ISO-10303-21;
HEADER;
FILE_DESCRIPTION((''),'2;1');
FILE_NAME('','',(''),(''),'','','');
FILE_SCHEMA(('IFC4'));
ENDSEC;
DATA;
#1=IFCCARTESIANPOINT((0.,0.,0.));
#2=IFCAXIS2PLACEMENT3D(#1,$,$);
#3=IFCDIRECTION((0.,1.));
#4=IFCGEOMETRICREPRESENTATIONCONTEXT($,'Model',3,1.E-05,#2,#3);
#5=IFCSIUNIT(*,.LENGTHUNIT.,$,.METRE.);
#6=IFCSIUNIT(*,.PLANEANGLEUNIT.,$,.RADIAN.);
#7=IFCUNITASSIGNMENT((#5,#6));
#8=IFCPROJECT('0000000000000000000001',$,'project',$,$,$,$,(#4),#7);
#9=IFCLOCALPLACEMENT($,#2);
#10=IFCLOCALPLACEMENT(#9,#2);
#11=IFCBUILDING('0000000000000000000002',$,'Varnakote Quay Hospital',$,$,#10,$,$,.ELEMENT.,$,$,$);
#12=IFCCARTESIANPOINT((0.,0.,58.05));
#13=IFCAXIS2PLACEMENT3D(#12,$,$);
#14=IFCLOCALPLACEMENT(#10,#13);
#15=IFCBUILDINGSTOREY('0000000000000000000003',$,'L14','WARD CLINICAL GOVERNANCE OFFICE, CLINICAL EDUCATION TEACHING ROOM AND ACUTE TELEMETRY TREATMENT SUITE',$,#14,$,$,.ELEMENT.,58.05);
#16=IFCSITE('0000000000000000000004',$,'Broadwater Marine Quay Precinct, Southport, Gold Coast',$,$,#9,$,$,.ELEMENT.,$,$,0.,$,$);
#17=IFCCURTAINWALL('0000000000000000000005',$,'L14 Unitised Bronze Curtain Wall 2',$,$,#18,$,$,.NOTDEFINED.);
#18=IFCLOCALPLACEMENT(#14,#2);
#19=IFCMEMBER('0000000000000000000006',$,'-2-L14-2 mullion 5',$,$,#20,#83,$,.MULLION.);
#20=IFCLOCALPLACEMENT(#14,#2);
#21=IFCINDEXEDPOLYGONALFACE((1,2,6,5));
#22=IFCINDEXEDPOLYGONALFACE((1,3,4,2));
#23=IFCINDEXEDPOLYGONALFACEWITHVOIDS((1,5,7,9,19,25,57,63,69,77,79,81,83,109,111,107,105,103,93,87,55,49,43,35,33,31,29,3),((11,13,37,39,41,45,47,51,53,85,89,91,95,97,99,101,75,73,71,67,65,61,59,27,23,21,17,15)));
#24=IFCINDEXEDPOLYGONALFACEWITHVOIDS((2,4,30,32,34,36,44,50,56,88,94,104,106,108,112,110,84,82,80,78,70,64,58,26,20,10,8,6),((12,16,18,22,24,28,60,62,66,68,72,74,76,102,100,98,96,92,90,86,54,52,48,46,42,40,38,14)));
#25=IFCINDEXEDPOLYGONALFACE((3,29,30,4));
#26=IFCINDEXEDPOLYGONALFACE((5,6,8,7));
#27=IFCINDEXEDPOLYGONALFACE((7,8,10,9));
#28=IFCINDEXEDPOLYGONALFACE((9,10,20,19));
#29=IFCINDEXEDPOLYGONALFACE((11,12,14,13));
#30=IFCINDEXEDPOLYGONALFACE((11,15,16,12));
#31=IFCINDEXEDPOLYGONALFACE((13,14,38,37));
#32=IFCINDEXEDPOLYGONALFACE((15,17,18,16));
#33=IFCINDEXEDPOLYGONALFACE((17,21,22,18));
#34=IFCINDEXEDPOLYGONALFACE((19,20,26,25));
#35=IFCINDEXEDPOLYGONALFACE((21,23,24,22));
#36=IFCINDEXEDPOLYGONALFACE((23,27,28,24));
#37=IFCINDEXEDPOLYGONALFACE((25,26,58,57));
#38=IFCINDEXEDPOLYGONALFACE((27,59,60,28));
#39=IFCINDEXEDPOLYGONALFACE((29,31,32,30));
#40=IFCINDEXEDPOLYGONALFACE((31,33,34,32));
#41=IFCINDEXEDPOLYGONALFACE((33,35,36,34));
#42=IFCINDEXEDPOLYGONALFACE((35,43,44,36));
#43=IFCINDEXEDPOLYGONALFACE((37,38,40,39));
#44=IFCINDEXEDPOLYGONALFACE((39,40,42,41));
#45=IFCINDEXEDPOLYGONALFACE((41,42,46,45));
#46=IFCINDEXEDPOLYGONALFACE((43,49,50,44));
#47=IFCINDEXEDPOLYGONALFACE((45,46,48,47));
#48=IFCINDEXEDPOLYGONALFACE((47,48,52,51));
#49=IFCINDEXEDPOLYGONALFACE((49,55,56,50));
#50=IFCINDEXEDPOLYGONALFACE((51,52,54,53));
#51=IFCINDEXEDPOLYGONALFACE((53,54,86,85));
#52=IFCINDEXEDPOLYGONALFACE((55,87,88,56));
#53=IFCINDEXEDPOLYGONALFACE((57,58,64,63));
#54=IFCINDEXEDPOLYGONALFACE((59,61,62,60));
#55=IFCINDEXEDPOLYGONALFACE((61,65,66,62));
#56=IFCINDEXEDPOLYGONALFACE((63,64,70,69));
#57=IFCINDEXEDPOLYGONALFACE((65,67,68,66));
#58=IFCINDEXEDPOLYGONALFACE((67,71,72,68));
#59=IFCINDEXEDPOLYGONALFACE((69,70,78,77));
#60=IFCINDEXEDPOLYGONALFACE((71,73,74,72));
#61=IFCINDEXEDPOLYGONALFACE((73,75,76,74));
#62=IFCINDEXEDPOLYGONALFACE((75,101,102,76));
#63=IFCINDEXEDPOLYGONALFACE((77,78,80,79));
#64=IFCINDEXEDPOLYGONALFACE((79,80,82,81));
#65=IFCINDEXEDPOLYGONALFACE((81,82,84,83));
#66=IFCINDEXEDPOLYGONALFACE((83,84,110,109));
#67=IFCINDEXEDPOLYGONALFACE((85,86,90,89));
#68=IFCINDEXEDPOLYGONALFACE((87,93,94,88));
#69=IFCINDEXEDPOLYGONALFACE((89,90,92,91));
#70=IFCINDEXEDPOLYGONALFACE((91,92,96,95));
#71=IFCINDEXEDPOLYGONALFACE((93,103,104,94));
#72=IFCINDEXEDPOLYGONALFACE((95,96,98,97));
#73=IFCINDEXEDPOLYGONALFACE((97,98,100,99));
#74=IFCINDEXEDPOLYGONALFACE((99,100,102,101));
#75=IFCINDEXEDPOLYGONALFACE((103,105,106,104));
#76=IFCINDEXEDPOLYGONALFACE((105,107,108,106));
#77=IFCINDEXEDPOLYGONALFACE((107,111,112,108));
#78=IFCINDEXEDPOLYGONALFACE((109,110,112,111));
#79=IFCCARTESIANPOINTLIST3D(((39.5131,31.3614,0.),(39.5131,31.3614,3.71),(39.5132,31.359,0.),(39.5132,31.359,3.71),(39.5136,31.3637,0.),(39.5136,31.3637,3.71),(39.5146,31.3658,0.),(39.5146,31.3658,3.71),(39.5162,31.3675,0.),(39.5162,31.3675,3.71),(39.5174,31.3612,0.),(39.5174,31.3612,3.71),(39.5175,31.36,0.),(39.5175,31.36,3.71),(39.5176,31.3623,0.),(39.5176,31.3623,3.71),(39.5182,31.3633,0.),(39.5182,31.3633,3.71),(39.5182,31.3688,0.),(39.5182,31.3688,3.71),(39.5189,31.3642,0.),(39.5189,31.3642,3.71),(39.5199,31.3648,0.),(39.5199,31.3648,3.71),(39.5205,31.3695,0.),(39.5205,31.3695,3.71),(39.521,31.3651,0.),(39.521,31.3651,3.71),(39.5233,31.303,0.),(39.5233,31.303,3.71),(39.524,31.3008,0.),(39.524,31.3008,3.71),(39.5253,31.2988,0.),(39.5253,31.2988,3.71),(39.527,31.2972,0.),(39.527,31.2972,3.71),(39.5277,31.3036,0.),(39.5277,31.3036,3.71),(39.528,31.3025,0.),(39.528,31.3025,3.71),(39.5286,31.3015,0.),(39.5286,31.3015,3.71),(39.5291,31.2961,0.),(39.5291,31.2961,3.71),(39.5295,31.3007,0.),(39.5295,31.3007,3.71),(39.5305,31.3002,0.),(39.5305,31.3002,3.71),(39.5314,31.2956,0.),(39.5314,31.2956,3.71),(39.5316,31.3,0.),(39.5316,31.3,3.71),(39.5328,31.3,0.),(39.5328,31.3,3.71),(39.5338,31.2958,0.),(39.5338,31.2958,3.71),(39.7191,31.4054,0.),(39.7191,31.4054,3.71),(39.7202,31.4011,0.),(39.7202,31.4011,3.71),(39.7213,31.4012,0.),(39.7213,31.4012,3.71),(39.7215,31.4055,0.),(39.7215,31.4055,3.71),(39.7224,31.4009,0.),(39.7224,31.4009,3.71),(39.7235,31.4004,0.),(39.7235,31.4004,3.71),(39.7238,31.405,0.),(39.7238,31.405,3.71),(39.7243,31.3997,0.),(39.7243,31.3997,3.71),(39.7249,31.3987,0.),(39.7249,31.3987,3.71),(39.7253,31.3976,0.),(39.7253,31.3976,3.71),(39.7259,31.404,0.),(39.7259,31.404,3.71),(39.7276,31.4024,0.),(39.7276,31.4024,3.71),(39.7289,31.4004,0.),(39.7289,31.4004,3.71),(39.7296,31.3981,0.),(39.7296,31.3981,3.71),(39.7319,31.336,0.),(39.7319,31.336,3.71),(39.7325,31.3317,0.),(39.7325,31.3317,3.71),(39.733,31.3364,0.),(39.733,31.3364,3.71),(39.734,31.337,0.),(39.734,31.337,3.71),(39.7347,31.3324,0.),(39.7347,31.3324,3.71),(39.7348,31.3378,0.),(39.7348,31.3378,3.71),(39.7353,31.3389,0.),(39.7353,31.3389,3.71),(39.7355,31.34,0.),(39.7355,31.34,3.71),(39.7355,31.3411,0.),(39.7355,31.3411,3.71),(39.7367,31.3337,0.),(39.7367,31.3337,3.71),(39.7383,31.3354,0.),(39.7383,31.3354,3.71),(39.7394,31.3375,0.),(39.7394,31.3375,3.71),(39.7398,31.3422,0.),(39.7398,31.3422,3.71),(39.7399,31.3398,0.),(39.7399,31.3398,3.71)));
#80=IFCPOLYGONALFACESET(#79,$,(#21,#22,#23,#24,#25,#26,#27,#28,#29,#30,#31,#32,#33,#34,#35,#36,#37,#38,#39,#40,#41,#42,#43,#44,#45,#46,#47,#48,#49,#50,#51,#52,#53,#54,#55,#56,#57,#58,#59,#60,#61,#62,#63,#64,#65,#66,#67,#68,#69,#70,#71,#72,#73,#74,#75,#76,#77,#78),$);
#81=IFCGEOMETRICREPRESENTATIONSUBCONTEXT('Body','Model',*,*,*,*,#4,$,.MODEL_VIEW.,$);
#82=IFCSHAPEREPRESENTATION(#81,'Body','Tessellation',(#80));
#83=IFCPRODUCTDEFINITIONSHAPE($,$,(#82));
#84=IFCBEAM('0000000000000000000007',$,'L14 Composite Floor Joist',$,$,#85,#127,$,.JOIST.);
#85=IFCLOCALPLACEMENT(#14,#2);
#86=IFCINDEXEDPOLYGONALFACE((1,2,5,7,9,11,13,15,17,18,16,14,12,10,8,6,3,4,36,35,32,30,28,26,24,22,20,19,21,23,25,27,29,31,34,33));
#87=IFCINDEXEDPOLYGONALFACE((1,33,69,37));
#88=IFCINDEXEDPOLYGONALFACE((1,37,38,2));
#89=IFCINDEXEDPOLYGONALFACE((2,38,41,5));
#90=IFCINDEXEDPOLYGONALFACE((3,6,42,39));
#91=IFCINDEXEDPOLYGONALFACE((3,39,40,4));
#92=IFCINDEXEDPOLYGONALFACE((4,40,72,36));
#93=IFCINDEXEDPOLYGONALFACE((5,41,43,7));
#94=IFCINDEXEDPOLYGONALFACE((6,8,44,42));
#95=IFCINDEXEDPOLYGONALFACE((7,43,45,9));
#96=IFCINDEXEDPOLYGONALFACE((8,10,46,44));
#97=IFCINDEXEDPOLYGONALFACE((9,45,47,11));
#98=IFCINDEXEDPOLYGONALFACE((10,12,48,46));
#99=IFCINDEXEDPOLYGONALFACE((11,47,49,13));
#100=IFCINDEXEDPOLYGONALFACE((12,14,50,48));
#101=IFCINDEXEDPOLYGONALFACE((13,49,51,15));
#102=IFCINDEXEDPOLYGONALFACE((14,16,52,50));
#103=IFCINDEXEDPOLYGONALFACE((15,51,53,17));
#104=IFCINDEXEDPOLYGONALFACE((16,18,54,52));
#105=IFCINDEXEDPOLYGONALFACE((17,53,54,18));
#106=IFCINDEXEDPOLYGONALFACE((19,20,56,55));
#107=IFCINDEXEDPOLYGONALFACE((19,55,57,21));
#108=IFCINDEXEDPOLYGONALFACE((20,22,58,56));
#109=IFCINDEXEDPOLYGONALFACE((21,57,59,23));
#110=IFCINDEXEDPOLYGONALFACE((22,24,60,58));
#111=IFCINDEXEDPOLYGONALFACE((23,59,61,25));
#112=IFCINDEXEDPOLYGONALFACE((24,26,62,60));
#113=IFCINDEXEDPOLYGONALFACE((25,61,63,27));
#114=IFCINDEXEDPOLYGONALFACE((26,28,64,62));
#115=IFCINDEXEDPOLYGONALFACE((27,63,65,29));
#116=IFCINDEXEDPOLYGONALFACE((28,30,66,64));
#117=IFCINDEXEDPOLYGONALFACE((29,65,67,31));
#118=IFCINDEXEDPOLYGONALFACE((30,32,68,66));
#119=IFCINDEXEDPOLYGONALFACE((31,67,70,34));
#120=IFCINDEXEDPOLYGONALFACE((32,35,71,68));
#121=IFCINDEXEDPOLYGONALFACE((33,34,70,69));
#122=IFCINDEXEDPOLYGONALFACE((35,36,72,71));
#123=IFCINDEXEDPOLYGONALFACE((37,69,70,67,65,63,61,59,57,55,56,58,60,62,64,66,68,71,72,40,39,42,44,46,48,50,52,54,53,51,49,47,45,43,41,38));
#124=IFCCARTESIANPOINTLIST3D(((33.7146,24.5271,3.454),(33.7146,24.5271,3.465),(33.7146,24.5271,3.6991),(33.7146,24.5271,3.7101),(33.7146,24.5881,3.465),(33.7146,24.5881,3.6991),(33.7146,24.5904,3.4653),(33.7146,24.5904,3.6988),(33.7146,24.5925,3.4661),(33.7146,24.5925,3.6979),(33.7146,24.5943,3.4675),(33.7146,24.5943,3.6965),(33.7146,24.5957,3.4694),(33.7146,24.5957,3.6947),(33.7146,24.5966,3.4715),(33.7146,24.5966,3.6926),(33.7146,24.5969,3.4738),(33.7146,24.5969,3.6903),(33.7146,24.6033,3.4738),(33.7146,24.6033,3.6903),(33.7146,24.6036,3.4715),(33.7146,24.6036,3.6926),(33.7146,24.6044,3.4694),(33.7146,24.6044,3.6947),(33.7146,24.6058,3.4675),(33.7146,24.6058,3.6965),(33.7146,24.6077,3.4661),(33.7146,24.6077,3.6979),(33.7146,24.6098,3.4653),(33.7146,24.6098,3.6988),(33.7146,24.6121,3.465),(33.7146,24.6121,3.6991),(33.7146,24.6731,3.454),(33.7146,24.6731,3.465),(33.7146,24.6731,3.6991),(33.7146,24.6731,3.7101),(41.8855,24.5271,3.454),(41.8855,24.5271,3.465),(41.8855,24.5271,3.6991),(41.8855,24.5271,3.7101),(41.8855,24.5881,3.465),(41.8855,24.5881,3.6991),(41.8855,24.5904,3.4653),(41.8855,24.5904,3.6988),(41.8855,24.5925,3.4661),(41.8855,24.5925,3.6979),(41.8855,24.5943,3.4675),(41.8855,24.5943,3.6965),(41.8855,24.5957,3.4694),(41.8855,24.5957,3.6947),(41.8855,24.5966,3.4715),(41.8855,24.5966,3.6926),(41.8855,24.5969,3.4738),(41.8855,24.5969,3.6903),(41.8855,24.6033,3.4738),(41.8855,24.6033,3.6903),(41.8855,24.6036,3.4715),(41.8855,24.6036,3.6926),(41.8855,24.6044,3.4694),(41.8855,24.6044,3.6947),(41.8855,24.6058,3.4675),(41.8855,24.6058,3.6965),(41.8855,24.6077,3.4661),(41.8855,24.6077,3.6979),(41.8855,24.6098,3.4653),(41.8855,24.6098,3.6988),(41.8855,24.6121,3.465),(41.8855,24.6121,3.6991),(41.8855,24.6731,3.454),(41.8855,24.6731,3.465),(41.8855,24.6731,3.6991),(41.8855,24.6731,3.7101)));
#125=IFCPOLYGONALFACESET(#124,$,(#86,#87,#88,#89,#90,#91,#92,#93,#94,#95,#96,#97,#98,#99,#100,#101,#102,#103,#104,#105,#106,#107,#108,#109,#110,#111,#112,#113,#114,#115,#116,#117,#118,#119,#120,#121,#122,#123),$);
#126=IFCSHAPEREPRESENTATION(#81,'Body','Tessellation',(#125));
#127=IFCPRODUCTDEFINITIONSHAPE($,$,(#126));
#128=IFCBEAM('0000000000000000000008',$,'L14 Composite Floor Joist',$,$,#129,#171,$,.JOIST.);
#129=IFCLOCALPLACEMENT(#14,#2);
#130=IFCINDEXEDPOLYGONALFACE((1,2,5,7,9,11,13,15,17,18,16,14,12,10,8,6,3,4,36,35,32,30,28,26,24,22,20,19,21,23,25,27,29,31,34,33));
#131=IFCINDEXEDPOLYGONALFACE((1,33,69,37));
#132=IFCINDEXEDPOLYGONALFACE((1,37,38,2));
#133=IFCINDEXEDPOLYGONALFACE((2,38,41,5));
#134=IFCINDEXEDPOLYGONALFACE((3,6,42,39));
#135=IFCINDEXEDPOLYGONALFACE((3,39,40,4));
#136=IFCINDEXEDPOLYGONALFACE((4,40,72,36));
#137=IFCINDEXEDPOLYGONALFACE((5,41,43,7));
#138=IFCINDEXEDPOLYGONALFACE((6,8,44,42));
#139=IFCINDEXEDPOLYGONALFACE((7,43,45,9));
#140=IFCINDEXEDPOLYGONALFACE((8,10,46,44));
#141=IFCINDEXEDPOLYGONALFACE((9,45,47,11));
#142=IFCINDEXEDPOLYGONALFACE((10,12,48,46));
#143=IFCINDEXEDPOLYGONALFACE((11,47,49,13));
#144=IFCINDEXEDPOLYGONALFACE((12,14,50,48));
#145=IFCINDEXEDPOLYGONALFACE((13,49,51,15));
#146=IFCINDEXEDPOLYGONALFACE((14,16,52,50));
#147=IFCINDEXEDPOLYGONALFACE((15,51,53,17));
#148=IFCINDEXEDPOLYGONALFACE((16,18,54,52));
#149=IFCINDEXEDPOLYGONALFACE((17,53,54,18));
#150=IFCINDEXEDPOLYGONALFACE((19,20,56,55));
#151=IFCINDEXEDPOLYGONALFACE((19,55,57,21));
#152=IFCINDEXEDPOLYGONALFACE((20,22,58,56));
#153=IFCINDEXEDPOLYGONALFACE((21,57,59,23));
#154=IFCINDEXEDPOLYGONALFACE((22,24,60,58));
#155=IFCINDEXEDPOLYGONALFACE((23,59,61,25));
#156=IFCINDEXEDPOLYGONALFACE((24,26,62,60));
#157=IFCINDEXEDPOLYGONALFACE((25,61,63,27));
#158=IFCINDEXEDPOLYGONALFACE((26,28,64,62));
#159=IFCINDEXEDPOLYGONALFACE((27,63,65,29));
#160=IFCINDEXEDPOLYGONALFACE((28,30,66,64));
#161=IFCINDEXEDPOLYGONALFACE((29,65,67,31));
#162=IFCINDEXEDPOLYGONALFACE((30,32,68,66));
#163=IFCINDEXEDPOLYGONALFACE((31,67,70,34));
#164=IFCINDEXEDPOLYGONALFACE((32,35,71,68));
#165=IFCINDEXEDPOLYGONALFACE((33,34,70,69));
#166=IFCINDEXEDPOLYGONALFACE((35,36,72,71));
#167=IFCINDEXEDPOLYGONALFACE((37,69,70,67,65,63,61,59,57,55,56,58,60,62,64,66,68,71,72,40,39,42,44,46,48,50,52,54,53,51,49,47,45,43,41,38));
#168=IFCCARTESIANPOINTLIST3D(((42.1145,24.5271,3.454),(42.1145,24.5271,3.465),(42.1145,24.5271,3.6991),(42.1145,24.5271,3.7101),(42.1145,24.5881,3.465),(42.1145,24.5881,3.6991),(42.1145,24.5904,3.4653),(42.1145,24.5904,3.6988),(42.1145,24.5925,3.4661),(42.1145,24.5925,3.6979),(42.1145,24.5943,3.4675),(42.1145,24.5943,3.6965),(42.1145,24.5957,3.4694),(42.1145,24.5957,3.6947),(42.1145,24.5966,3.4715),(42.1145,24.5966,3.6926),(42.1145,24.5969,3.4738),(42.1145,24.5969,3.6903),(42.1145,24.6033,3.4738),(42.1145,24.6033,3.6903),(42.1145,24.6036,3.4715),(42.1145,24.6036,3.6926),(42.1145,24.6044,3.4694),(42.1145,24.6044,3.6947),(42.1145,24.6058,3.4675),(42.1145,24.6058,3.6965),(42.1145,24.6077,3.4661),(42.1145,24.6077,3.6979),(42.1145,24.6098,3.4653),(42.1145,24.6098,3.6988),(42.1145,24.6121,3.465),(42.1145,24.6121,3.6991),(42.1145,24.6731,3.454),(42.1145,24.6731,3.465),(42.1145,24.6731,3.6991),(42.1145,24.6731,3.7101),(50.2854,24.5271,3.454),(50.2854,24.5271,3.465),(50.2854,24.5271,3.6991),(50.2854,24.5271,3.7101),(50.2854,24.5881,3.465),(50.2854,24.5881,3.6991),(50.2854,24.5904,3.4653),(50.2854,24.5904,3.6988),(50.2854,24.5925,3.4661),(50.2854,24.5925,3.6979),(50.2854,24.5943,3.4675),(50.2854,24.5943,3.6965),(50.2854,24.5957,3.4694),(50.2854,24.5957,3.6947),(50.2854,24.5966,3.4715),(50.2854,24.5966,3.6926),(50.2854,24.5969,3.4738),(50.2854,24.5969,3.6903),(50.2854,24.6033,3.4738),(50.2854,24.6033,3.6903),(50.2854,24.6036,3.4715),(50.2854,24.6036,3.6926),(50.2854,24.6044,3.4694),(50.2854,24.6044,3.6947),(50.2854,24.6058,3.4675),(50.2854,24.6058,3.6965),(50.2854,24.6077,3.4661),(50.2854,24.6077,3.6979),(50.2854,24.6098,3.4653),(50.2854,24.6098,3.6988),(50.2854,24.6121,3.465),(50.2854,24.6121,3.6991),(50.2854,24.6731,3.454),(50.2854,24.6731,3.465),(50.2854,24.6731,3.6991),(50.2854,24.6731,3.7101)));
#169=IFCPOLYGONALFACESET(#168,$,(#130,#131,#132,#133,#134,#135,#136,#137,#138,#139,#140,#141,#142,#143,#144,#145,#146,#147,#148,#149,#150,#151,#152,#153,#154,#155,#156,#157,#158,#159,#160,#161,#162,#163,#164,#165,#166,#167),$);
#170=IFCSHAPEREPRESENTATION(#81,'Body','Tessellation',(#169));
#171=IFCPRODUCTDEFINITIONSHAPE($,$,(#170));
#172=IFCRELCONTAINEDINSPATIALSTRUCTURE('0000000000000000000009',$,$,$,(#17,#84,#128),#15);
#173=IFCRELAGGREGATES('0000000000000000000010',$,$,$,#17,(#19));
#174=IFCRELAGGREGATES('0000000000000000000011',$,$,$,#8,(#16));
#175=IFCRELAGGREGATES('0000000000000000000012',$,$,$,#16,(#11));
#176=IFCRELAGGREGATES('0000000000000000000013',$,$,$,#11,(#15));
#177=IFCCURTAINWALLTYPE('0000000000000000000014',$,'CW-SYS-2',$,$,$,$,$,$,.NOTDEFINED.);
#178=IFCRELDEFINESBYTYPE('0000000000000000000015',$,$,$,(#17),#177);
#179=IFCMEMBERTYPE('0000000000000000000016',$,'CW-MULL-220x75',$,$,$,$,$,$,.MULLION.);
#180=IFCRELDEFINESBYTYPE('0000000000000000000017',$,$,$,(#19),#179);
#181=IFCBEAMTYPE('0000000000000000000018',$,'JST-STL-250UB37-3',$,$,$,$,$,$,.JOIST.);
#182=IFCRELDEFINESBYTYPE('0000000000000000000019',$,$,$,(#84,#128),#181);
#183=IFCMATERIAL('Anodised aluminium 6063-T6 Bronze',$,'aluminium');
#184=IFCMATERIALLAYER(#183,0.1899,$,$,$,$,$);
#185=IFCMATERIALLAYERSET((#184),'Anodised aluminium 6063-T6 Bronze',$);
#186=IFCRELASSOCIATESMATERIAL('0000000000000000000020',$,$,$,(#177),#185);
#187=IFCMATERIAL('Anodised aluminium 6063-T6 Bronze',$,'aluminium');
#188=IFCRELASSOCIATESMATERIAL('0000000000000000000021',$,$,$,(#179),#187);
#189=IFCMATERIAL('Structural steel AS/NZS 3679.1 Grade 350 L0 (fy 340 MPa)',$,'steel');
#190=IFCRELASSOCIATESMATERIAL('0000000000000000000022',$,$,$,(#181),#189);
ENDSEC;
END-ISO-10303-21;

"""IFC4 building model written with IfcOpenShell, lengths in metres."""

from ifc_helpers import new_model, si_unit, direction, frame, origin, origin_2d, place, context, subcontext, project, spatial, hollow_rectangle, i_section, extrude, material, layer, layer_set, material_profile, profile_set, type_object, element, aggregate, save


model = new_model("IFC4")

# Units and contexts
model_context = context("Model", 3, precision=1e-05, world=origin(), true_north=direction((0.0, 1.0)))
body_context = subcontext(model_context, "Body", "Model", "MODEL_VIEW")
ifc_project = project(units=[si_unit("LENGTHUNIT", "METRE"), si_unit("PLANEANGLEUNIT", "RADIAN")], contexts=[model_context])

# Site, building, storey
site_placement = place(None, origin())
site = spatial("IfcSite", under=ifc_project, at=site_placement, Name="Broadwater Marine Quay Precinct, Southport, Gold Coast", CompositionType="ELEMENT", RefElevation=0.0)
building_placement = place(site_placement, origin())
building = spatial("IfcBuilding", under=site, at=building_placement, Name="Varnakote Quay Hospital", CompositionType="ELEMENT")
storey_placement = place(building_placement, frame((0.0, 0.0, 58.05)))
storey = spatial("IfcBuildingStorey", under=building, at=storey_placement, Name="L14", Description="WARD CLINICAL GOVERNANCE OFFICE, CLINICAL EDUCATION TEACHING ROOM AND ACUTE TELEMETRY TREATMENT SUITE", CompositionType="ELEMENT", Elevation=58.05)

# Curtain wall, member
ifc_material_1 = material(Name="Anodised aluminium 6063-T6 Bronze", Category="aluminium")
ifc_layer_1 = layer(ifc_material_1, 0.1899)
ifc_layer_set_1 = layer_set([ifc_layer_1], Name="Anodised aluminium 6063-T6 Bronze")
curtain_wall_type = type_object("IfcCurtainWallType", Name="CW-SYS-2", PredefinedType="NOTDEFINED", material=ifc_layer_set_1)
curtain_wall_placement = place(storey_placement, origin())
curtain_wall = element("IfcCurtainWall", 1, at=curtain_wall_placement, inside=storey, type_object=curtain_wall_type, Name="L14 Unitised Bronze Curtain Wall 2", PredefinedType="NOTDEFINED")
ifc_material_2 = material(Name="Anodised aluminium 6063-T6 Bronze", Category="aluminium")
ifc_material_profile_1 = material_profile(ifc_material_2, hollow_rectangle(XDim=0.075, YDim=0.22, WallThickness=0.0044, InnerFilletRadius=0.0044, OuterFilletRadius=0.009, at=origin_2d()), Name="CW-MULL-220x75")
ifc_profile_set_1 = profile_set([ifc_material_profile_1], Name="Anodised aluminium 6063-T6 Bronze")
member_type = type_object("IfcMemberType", Name="CW-MULL-220x75", PredefinedType="MULLION", material=ifc_profile_set_1)
member_placement = place(storey_placement, frame((39.6265, 31.3506, 0.0), z_axis=(0.0, 0.0, 1.0), x_axis=(0.177846, -0.984058, 0.0)))
member = element("IfcMember", 2, at=member_placement, type_object=member_type, Name="-2-L14-2 mullion 5", PredefinedType="MULLION", context=body_context, shape_type="SweptSolid", body=[
    extrude(hollow_rectangle(XDim=0.075, YDim=0.22, WallThickness=0.0044, InnerFilletRadius=0.0044, OuterFilletRadius=0.009, at=origin_2d()), origin(), (0.0, 0.0, 1.0), 3.71),
])

# Beams
ifc_material_3 = material(Name="Structural steel AS/NZS 3679.1 Grade 350 L0 (fy 340 MPa)", Category="steel")
ifc_material_profile_2 = material_profile(ifc_material_3, i_section(OverallWidth=0.146, OverallDepth=0.2561, WebThickness=0.0063, FlangeThickness=0.011, FilletRadius=0.0088, at=origin_2d()), Name="250UB37.3")
ifc_profile_set_2 = profile_set([ifc_material_profile_2], Name="Structural steel AS/NZS 3679.1 Grade 350 L0 (fy 340 MPa)")
beam_type_1 = type_object("IfcBeamType", Name="JST-STL-250UB37-3", PredefinedType="JOIST", material=ifc_profile_set_2)
for number, where, z_axis, x_axis, name in (
    (3, (33.7146, 24.6001, 3.582), (1.0, 0.0, 0.0), (0.0, 1.0, 0.0), "L14 Composite Floor Joist"),
    (4, (42.1145, 24.6001, 3.582), (1.0, 0.0, 0.0), (0.0, 1.0, 0.0), "L14 Composite Floor Joist"),
):
    element("IfcBeam", number, at=place(storey_placement, frame(where, z_axis=z_axis, x_axis=x_axis)), inside=storey, type_object=beam_type_1, Name=name, PredefinedType="JOIST", context=body_context, shape_type="SweptSolid", body=[
        extrude(i_section(OverallWidth=0.146, OverallDepth=0.2561, WebThickness=0.0063, FlangeThickness=0.011, FilletRadius=0.0088, at=origin_2d()), origin(), (0.0, 0.0, 1.0), 8.1709),
    ])

aggregate(curtain_wall, [member])

save(model, "model.ifc")
